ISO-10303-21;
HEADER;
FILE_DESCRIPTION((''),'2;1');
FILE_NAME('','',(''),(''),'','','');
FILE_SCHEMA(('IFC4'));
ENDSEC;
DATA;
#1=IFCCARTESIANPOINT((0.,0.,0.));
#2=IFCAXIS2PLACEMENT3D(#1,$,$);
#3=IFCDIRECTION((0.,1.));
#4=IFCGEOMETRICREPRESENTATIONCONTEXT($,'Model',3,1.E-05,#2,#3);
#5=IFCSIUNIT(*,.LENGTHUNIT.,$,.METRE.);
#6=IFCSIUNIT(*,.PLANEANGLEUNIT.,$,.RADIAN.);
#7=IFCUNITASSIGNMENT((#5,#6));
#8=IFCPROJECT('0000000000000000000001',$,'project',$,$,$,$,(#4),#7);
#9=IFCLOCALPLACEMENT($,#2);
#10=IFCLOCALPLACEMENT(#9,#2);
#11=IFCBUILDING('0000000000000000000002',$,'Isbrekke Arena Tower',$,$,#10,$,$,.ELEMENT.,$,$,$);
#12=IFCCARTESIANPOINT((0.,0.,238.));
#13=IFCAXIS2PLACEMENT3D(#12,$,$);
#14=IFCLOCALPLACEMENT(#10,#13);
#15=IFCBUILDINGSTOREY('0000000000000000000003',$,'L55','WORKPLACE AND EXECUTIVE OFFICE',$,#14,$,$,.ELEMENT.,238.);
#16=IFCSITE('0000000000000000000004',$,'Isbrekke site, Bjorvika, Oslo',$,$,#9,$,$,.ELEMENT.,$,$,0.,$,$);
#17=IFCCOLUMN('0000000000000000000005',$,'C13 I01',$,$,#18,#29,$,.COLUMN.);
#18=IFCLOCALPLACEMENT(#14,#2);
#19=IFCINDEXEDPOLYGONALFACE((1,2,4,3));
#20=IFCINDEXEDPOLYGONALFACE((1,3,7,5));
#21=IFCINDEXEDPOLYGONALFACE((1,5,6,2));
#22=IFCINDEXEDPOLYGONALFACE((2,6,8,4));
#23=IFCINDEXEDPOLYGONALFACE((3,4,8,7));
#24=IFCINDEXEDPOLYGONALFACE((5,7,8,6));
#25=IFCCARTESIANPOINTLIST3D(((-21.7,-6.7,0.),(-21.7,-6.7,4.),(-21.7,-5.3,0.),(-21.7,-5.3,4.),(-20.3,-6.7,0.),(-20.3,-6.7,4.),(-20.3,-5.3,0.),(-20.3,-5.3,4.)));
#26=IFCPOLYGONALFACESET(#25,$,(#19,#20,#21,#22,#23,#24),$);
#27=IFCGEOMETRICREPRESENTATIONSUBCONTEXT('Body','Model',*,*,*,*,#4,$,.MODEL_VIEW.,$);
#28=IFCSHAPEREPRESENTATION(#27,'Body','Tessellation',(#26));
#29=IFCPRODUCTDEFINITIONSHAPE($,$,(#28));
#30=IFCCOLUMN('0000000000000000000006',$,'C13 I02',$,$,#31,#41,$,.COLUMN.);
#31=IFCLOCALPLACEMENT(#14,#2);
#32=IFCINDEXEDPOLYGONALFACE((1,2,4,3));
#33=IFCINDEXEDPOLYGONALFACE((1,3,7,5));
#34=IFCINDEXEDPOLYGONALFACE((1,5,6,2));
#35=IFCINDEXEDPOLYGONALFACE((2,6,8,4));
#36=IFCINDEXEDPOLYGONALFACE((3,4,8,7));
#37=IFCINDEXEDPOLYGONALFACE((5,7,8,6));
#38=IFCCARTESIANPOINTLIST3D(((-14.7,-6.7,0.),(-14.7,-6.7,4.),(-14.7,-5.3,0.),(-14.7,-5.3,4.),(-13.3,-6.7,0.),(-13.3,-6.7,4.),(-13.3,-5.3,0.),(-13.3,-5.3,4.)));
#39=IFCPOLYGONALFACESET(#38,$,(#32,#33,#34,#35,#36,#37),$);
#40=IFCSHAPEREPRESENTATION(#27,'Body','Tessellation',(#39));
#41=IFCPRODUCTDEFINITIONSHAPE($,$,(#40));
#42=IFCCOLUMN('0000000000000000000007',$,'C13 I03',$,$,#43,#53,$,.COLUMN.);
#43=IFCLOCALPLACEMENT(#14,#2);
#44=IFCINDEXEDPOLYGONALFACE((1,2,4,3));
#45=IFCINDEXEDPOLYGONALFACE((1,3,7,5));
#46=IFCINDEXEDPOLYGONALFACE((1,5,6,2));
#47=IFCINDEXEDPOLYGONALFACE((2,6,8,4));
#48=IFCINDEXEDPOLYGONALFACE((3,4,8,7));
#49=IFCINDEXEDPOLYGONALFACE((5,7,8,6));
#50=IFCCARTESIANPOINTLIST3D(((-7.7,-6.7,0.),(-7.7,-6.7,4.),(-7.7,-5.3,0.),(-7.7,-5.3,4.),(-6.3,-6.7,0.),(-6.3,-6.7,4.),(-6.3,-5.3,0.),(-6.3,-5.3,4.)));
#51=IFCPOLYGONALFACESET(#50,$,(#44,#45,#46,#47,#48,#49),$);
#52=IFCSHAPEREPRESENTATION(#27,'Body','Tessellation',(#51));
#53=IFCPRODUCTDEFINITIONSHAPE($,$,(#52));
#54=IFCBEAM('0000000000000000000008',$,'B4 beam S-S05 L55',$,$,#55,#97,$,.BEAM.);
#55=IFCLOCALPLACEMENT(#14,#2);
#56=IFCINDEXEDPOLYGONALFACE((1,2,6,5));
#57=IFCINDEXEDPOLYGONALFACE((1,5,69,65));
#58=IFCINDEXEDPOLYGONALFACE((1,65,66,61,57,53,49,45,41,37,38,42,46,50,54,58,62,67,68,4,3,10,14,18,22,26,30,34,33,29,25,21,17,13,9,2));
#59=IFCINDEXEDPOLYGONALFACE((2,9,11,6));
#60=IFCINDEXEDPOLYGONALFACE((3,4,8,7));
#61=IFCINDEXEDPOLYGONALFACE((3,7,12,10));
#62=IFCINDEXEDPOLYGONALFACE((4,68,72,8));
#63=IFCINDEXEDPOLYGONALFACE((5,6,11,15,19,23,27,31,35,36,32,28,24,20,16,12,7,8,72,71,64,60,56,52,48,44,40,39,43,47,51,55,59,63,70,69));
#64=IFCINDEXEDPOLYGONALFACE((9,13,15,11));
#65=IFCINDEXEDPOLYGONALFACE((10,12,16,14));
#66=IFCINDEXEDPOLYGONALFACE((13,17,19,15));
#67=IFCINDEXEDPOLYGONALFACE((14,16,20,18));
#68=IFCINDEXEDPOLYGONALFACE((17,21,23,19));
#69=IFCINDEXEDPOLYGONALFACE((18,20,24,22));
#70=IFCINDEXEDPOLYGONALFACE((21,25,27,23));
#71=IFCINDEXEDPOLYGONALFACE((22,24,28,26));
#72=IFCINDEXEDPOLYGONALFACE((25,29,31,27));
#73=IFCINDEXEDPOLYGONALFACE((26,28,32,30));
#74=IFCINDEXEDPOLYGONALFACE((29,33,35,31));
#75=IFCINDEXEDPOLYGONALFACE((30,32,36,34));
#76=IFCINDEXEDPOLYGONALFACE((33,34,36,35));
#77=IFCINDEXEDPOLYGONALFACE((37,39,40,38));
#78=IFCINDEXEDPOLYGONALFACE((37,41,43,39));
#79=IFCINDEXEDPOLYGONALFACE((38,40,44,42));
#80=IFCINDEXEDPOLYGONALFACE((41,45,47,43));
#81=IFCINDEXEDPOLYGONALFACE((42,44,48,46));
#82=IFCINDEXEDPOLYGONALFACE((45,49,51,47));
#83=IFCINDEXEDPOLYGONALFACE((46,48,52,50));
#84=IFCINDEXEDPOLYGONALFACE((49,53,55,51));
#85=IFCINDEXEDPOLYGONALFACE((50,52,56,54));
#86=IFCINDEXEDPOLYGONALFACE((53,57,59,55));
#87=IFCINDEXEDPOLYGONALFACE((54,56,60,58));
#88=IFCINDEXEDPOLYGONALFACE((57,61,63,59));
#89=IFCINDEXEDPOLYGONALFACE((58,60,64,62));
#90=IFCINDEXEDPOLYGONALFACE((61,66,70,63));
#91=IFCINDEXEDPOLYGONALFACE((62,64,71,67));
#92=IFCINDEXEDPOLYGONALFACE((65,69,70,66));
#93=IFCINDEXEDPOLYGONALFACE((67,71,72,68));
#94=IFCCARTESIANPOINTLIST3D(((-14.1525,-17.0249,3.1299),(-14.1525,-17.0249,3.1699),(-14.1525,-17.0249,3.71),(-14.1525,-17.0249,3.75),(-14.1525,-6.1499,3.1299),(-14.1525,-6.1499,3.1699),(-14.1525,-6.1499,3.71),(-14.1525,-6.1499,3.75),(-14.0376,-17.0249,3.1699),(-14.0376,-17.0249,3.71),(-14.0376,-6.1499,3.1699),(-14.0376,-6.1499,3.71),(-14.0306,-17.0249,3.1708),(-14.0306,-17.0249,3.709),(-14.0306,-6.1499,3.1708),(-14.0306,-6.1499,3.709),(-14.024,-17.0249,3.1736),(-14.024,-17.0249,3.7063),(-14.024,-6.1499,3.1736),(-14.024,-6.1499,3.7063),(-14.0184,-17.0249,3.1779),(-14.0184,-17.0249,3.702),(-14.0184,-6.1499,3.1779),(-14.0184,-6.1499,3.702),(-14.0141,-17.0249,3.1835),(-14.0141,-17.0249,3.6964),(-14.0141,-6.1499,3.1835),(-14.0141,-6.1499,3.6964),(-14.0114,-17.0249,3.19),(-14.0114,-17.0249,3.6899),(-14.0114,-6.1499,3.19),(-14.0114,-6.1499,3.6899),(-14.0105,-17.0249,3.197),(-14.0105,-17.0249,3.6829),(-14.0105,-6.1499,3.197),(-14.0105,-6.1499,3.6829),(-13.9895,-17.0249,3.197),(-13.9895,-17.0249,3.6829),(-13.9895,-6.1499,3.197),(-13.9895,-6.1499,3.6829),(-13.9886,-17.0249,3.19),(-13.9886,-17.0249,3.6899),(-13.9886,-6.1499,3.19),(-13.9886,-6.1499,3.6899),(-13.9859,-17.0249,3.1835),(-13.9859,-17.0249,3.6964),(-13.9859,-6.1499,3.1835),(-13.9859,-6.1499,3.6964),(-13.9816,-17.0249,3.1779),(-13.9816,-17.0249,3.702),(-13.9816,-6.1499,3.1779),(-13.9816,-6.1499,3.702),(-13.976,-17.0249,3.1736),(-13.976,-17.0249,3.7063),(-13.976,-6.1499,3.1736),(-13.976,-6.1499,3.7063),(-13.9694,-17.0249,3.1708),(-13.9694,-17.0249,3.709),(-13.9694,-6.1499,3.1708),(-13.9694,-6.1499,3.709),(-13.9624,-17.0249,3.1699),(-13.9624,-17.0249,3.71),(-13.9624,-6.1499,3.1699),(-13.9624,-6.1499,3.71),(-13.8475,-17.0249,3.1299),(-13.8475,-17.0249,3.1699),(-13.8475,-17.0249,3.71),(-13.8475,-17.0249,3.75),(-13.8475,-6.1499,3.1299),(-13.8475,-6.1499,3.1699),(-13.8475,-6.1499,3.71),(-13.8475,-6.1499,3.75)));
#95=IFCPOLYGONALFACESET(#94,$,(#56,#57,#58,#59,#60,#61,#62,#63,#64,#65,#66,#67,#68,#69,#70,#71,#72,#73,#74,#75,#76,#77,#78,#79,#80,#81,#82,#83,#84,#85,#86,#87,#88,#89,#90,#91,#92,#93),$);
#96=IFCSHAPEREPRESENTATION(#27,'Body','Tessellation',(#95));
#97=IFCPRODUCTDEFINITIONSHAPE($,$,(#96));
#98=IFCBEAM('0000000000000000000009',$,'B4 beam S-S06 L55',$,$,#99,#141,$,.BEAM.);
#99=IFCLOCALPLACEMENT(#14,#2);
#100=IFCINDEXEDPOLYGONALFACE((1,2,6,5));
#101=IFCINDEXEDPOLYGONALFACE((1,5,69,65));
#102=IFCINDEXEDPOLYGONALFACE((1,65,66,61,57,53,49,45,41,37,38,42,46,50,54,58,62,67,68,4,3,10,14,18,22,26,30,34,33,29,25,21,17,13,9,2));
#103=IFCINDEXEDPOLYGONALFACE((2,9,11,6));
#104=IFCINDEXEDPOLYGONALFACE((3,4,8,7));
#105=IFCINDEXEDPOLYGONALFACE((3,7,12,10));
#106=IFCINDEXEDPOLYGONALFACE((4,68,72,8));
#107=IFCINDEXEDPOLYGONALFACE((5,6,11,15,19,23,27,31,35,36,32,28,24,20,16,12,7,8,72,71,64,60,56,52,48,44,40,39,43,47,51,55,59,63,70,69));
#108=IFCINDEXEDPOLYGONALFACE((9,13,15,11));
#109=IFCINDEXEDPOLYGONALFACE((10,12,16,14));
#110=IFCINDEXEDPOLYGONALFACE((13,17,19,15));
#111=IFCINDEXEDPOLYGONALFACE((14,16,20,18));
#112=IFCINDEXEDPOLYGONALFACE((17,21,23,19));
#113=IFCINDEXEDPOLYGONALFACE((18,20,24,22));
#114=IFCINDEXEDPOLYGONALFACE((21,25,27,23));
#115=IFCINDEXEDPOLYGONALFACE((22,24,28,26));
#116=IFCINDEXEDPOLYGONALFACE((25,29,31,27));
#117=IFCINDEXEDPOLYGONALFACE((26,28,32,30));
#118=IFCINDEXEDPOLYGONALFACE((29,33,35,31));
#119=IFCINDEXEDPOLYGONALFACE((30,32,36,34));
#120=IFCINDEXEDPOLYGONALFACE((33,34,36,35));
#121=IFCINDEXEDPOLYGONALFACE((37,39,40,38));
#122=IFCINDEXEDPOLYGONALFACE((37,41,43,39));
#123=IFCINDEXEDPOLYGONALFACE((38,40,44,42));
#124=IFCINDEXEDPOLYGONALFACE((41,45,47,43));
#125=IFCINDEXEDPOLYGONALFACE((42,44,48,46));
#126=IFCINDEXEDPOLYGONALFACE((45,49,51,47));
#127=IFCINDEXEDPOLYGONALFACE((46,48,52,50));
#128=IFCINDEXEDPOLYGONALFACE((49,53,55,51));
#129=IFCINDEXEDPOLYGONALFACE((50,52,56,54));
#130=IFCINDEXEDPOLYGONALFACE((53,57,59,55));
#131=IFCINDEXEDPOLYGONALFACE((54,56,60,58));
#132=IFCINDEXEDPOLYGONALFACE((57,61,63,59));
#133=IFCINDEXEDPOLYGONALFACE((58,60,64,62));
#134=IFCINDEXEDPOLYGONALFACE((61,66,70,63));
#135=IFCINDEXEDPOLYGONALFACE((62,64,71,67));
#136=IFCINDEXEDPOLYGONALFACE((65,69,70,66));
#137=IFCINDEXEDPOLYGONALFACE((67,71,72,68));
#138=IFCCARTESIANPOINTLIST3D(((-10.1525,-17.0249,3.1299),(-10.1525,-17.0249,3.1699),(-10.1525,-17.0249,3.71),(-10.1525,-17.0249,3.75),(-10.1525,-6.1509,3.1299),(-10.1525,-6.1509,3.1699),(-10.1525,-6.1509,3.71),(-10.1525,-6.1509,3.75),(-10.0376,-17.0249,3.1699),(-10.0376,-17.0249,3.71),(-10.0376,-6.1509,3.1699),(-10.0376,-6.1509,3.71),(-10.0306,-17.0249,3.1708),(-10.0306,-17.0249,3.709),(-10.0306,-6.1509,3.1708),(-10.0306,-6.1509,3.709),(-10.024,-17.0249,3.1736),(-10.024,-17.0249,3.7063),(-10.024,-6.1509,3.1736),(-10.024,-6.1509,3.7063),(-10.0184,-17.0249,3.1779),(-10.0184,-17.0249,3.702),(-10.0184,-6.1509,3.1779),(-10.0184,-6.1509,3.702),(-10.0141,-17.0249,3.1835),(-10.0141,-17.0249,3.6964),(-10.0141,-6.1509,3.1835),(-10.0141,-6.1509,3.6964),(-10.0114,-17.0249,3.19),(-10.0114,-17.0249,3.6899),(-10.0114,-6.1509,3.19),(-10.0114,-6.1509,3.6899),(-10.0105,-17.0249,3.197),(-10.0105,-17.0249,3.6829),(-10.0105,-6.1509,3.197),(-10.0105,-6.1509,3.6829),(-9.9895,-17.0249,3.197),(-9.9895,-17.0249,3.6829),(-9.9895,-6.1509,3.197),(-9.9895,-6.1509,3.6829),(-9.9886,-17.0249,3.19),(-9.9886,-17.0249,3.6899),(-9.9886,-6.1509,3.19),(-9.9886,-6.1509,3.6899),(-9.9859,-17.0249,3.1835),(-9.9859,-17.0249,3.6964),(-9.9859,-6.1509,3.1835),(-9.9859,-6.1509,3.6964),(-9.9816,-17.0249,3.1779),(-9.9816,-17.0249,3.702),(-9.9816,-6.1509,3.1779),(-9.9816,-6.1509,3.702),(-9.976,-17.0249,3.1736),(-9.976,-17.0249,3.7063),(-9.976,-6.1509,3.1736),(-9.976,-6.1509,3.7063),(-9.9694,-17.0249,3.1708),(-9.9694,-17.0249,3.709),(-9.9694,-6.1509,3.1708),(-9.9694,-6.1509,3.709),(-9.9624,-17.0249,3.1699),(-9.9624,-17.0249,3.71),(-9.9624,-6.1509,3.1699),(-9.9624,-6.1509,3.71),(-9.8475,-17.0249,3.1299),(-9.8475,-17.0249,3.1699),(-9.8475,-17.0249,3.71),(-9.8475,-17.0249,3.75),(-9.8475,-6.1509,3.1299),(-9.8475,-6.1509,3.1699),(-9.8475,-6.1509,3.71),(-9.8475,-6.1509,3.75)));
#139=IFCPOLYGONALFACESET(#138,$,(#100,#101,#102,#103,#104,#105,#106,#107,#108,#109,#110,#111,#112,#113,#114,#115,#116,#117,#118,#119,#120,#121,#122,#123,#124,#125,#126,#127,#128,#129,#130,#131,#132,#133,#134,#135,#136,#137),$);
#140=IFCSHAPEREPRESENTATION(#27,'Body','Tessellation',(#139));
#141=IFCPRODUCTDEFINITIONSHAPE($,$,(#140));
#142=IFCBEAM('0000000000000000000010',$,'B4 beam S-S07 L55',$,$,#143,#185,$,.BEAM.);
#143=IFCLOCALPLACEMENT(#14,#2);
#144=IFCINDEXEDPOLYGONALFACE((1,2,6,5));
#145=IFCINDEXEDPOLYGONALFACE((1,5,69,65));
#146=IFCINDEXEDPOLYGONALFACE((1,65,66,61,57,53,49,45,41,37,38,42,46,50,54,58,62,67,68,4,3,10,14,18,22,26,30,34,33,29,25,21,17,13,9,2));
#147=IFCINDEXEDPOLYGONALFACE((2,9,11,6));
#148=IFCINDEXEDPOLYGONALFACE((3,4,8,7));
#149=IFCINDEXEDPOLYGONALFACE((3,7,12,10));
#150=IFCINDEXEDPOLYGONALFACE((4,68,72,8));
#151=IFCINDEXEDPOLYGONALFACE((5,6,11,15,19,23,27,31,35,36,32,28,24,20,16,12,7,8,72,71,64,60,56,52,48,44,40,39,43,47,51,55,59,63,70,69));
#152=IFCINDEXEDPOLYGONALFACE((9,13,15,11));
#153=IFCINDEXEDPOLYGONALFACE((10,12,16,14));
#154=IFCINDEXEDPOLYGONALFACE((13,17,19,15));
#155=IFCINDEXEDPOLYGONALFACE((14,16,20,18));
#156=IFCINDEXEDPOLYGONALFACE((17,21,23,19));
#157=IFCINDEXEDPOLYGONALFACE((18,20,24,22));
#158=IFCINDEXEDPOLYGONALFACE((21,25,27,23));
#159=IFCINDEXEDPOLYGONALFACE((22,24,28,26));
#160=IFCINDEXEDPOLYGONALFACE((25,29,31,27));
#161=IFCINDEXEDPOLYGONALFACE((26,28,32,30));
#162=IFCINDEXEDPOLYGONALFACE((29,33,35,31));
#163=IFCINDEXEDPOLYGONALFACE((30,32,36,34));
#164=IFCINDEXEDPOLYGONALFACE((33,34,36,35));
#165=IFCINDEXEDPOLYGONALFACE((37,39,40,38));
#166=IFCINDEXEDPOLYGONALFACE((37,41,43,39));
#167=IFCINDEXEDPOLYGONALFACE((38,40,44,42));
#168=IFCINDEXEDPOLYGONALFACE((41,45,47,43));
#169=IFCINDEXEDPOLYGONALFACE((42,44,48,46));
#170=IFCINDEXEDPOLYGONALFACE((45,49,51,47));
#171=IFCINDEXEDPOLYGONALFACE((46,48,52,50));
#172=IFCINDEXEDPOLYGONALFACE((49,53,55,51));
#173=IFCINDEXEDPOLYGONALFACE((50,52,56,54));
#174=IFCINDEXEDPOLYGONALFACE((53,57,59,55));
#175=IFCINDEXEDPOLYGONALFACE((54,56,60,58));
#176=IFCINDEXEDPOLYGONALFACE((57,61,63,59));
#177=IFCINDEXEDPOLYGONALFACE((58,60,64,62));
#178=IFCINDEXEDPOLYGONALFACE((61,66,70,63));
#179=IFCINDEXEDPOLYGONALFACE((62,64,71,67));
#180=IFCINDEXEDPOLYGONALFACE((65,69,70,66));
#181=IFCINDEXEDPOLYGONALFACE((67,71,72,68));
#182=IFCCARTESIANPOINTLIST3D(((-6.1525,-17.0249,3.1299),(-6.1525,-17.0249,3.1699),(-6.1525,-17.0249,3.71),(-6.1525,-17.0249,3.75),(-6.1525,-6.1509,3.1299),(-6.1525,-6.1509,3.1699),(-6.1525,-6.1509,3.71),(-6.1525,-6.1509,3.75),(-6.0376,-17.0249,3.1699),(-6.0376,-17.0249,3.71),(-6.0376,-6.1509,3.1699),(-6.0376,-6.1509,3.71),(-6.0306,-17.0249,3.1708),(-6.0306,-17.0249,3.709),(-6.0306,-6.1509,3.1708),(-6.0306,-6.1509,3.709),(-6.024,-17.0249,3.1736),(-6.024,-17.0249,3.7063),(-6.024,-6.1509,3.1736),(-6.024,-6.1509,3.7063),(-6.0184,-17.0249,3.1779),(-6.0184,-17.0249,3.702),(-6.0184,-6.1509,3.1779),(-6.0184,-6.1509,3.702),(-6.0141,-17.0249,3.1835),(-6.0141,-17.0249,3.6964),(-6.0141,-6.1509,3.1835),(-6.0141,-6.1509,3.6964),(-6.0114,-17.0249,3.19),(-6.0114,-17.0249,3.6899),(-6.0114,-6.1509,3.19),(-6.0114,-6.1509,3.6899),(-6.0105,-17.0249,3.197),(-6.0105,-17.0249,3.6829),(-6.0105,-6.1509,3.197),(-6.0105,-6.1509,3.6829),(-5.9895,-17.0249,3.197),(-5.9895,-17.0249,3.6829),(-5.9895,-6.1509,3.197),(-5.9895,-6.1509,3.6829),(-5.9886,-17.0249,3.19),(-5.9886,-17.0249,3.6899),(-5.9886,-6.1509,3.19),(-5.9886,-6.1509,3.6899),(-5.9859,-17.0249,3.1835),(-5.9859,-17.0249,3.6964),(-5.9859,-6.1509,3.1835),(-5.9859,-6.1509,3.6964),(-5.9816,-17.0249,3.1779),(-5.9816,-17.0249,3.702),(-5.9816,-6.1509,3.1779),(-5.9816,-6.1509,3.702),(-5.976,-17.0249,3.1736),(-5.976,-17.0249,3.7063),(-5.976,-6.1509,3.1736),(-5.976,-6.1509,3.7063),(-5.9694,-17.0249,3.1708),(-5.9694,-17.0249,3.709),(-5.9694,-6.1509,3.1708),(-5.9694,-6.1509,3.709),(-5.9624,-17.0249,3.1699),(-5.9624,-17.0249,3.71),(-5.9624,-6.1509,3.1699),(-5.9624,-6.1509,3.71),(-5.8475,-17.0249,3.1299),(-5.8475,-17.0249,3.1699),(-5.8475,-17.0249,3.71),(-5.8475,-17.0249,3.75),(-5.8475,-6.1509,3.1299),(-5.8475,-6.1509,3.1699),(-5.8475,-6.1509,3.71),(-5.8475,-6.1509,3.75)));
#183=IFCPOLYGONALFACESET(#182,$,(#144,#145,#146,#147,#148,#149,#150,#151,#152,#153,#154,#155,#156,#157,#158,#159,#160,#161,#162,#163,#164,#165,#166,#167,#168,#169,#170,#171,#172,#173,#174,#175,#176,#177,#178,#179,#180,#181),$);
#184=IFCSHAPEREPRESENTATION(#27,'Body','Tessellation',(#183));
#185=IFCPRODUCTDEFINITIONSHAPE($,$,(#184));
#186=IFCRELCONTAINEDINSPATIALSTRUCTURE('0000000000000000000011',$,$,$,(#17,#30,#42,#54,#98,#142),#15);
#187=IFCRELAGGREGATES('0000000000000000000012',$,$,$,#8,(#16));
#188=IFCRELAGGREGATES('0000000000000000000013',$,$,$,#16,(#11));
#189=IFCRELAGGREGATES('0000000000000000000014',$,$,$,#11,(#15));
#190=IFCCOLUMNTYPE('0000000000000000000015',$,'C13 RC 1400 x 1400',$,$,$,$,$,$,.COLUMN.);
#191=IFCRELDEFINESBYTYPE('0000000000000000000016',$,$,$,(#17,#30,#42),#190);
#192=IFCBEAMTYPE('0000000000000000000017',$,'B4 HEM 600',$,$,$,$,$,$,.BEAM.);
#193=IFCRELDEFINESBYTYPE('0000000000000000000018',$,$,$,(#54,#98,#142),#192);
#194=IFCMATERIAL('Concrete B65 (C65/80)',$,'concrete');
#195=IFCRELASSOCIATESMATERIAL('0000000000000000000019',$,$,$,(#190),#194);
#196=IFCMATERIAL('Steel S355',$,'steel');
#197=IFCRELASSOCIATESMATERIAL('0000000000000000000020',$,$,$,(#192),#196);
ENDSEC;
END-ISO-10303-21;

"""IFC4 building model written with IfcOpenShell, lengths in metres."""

from ifc_helpers import new_model, si_unit, direction, frame, origin, origin_2d, place, context, subcontext, project, spatial, rectangle, i_section, extrude, material, material_profile, profile_set, type_object, element, save


model = new_model("IFC4")

# Units and contexts
model_context = context("Model", 3, precision=1e-05, world=origin(), true_north=direction((0.0, 1.0)))
body_context = subcontext(model_context, "Body", "Model", "MODEL_VIEW")
ifc_project = project(units=[si_unit("LENGTHUNIT", "METRE"), si_unit("PLANEANGLEUNIT", "RADIAN")], contexts=[model_context])

# Site, building, storey
site_placement = place(None, origin())
site = spatial("IfcSite", under=ifc_project, at=site_placement, Name="Isbrekke site, Bjorvika, Oslo", CompositionType="ELEMENT", RefElevation=0.0)
building_placement = place(site_placement, origin())
building = spatial("IfcBuilding", under=site, at=building_placement, Name="Isbrekke Arena Tower", CompositionType="ELEMENT")
storey_placement = place(building_placement, frame((0.0, 0.0, 238.0)))
storey = spatial("IfcBuildingStorey", under=building, at=storey_placement, Name="L55", Description="WORKPLACE AND EXECUTIVE OFFICE", CompositionType="ELEMENT", Elevation=238.0)

# Columns
ifc_material_1 = material(Name="Concrete B65 (C65/80)", Category="concrete")
ifc_material_profile_1 = material_profile(ifc_material_1, rectangle(XDim=1.3999, YDim=1.3999, at=origin_2d()), Name="RC 1400x1400")
ifc_profile_set_1 = profile_set([ifc_material_profile_1], Name="Concrete B65 (C65/80)")
column_type = type_object("IfcColumnType", Name="C13 RC 1400 x 1400", PredefinedType="COLUMN", material=ifc_profile_set_1)
for number, where, z_axis, x_axis, name in (
    (1, (-21.0, -6.0, 0.0), (0.0, 0.0, 1.0), (1.0, 0.0, 0.0), "C13 I01"),
    (2, (-14.0, -6.0, 0.0), (0.0, 0.0, 1.0), (1.0, 0.0, 0.0), "C13 I02"),
    (3, (-7.0, -6.0, 0.0), (0.0, 0.0, 1.0), (1.0, 0.0, 0.0), "C13 I03"),
):
    element("IfcColumn", number, at=place(storey_placement, frame(where, z_axis=z_axis, x_axis=x_axis)), inside=storey, type_object=column_type, Name=name, PredefinedType="COLUMN", context=body_context, shape_type="SweptSolid", body=[
        extrude(rectangle(XDim=1.3999, YDim=1.3999, at=origin_2d()), origin(), (0.0, 0.0, 1.0), 4.0),
    ])

# Beams
ifc_material_2 = material(Name="Steel S355", Category="steel")
ifc_material_profile_2 = material_profile(ifc_material_2, i_section(OverallWidth=0.3049, OverallDepth=0.6201, WebThickness=0.021, FlangeThickness=0.04, FilletRadius=0.0271, at=origin_2d()), Name="HEM 600")
ifc_profile_set_2 = profile_set([ifc_material_profile_2], Name="Steel S355")
beam_type_1 = type_object("IfcBeamType", Name="B4 HEM 600", PredefinedType="BEAM", material=ifc_profile_set_2)
beam_1_placement = place(storey_placement, frame((-14.0, -17.0249, 3.4399), z_axis=(0.0, 1.0, 0.0), x_axis=(-1.0, 0.0, 0.0)))
element("IfcBeam", 4, at=beam_1_placement, inside=storey, type_object=beam_type_1, Name="B4 beam S-S05 L55", PredefinedType="BEAM", context=body_context, shape_type="SweptSolid", body=[
    extrude(i_section(OverallWidth=0.3049, OverallDepth=0.6201, WebThickness=0.021, FlangeThickness=0.04, FilletRadius=0.0271, at=origin_2d()), origin(), (0.0, 0.0, 1.0), 10.875),
])
for number, where, z_axis, x_axis, name in (
    (5, (-10.0, -17.0249, 3.4399), (0.0, 1.0, 0.0), (-1.0, 0.0, 0.0), "B4 beam S-S06 L55"),
    (6, (-6.0, -17.0249, 3.4399), (0.0, 1.0, 0.0), (-1.0, 0.0, 0.0), "B4 beam S-S07 L55"),
):
    element("IfcBeam", number, at=place(storey_placement, frame(where, z_axis=z_axis, x_axis=x_axis)), inside=storey, type_object=beam_type_1, Name=name, PredefinedType="BEAM", context=body_context, shape_type="SweptSolid", body=[
        extrude(i_section(OverallWidth=0.3049, OverallDepth=0.6201, WebThickness=0.021, FlangeThickness=0.04, FilletRadius=0.0271, at=origin_2d()), origin(), (0.0, 0.0, 1.0), 10.874),
    ])

save(model, "model.ifc")
